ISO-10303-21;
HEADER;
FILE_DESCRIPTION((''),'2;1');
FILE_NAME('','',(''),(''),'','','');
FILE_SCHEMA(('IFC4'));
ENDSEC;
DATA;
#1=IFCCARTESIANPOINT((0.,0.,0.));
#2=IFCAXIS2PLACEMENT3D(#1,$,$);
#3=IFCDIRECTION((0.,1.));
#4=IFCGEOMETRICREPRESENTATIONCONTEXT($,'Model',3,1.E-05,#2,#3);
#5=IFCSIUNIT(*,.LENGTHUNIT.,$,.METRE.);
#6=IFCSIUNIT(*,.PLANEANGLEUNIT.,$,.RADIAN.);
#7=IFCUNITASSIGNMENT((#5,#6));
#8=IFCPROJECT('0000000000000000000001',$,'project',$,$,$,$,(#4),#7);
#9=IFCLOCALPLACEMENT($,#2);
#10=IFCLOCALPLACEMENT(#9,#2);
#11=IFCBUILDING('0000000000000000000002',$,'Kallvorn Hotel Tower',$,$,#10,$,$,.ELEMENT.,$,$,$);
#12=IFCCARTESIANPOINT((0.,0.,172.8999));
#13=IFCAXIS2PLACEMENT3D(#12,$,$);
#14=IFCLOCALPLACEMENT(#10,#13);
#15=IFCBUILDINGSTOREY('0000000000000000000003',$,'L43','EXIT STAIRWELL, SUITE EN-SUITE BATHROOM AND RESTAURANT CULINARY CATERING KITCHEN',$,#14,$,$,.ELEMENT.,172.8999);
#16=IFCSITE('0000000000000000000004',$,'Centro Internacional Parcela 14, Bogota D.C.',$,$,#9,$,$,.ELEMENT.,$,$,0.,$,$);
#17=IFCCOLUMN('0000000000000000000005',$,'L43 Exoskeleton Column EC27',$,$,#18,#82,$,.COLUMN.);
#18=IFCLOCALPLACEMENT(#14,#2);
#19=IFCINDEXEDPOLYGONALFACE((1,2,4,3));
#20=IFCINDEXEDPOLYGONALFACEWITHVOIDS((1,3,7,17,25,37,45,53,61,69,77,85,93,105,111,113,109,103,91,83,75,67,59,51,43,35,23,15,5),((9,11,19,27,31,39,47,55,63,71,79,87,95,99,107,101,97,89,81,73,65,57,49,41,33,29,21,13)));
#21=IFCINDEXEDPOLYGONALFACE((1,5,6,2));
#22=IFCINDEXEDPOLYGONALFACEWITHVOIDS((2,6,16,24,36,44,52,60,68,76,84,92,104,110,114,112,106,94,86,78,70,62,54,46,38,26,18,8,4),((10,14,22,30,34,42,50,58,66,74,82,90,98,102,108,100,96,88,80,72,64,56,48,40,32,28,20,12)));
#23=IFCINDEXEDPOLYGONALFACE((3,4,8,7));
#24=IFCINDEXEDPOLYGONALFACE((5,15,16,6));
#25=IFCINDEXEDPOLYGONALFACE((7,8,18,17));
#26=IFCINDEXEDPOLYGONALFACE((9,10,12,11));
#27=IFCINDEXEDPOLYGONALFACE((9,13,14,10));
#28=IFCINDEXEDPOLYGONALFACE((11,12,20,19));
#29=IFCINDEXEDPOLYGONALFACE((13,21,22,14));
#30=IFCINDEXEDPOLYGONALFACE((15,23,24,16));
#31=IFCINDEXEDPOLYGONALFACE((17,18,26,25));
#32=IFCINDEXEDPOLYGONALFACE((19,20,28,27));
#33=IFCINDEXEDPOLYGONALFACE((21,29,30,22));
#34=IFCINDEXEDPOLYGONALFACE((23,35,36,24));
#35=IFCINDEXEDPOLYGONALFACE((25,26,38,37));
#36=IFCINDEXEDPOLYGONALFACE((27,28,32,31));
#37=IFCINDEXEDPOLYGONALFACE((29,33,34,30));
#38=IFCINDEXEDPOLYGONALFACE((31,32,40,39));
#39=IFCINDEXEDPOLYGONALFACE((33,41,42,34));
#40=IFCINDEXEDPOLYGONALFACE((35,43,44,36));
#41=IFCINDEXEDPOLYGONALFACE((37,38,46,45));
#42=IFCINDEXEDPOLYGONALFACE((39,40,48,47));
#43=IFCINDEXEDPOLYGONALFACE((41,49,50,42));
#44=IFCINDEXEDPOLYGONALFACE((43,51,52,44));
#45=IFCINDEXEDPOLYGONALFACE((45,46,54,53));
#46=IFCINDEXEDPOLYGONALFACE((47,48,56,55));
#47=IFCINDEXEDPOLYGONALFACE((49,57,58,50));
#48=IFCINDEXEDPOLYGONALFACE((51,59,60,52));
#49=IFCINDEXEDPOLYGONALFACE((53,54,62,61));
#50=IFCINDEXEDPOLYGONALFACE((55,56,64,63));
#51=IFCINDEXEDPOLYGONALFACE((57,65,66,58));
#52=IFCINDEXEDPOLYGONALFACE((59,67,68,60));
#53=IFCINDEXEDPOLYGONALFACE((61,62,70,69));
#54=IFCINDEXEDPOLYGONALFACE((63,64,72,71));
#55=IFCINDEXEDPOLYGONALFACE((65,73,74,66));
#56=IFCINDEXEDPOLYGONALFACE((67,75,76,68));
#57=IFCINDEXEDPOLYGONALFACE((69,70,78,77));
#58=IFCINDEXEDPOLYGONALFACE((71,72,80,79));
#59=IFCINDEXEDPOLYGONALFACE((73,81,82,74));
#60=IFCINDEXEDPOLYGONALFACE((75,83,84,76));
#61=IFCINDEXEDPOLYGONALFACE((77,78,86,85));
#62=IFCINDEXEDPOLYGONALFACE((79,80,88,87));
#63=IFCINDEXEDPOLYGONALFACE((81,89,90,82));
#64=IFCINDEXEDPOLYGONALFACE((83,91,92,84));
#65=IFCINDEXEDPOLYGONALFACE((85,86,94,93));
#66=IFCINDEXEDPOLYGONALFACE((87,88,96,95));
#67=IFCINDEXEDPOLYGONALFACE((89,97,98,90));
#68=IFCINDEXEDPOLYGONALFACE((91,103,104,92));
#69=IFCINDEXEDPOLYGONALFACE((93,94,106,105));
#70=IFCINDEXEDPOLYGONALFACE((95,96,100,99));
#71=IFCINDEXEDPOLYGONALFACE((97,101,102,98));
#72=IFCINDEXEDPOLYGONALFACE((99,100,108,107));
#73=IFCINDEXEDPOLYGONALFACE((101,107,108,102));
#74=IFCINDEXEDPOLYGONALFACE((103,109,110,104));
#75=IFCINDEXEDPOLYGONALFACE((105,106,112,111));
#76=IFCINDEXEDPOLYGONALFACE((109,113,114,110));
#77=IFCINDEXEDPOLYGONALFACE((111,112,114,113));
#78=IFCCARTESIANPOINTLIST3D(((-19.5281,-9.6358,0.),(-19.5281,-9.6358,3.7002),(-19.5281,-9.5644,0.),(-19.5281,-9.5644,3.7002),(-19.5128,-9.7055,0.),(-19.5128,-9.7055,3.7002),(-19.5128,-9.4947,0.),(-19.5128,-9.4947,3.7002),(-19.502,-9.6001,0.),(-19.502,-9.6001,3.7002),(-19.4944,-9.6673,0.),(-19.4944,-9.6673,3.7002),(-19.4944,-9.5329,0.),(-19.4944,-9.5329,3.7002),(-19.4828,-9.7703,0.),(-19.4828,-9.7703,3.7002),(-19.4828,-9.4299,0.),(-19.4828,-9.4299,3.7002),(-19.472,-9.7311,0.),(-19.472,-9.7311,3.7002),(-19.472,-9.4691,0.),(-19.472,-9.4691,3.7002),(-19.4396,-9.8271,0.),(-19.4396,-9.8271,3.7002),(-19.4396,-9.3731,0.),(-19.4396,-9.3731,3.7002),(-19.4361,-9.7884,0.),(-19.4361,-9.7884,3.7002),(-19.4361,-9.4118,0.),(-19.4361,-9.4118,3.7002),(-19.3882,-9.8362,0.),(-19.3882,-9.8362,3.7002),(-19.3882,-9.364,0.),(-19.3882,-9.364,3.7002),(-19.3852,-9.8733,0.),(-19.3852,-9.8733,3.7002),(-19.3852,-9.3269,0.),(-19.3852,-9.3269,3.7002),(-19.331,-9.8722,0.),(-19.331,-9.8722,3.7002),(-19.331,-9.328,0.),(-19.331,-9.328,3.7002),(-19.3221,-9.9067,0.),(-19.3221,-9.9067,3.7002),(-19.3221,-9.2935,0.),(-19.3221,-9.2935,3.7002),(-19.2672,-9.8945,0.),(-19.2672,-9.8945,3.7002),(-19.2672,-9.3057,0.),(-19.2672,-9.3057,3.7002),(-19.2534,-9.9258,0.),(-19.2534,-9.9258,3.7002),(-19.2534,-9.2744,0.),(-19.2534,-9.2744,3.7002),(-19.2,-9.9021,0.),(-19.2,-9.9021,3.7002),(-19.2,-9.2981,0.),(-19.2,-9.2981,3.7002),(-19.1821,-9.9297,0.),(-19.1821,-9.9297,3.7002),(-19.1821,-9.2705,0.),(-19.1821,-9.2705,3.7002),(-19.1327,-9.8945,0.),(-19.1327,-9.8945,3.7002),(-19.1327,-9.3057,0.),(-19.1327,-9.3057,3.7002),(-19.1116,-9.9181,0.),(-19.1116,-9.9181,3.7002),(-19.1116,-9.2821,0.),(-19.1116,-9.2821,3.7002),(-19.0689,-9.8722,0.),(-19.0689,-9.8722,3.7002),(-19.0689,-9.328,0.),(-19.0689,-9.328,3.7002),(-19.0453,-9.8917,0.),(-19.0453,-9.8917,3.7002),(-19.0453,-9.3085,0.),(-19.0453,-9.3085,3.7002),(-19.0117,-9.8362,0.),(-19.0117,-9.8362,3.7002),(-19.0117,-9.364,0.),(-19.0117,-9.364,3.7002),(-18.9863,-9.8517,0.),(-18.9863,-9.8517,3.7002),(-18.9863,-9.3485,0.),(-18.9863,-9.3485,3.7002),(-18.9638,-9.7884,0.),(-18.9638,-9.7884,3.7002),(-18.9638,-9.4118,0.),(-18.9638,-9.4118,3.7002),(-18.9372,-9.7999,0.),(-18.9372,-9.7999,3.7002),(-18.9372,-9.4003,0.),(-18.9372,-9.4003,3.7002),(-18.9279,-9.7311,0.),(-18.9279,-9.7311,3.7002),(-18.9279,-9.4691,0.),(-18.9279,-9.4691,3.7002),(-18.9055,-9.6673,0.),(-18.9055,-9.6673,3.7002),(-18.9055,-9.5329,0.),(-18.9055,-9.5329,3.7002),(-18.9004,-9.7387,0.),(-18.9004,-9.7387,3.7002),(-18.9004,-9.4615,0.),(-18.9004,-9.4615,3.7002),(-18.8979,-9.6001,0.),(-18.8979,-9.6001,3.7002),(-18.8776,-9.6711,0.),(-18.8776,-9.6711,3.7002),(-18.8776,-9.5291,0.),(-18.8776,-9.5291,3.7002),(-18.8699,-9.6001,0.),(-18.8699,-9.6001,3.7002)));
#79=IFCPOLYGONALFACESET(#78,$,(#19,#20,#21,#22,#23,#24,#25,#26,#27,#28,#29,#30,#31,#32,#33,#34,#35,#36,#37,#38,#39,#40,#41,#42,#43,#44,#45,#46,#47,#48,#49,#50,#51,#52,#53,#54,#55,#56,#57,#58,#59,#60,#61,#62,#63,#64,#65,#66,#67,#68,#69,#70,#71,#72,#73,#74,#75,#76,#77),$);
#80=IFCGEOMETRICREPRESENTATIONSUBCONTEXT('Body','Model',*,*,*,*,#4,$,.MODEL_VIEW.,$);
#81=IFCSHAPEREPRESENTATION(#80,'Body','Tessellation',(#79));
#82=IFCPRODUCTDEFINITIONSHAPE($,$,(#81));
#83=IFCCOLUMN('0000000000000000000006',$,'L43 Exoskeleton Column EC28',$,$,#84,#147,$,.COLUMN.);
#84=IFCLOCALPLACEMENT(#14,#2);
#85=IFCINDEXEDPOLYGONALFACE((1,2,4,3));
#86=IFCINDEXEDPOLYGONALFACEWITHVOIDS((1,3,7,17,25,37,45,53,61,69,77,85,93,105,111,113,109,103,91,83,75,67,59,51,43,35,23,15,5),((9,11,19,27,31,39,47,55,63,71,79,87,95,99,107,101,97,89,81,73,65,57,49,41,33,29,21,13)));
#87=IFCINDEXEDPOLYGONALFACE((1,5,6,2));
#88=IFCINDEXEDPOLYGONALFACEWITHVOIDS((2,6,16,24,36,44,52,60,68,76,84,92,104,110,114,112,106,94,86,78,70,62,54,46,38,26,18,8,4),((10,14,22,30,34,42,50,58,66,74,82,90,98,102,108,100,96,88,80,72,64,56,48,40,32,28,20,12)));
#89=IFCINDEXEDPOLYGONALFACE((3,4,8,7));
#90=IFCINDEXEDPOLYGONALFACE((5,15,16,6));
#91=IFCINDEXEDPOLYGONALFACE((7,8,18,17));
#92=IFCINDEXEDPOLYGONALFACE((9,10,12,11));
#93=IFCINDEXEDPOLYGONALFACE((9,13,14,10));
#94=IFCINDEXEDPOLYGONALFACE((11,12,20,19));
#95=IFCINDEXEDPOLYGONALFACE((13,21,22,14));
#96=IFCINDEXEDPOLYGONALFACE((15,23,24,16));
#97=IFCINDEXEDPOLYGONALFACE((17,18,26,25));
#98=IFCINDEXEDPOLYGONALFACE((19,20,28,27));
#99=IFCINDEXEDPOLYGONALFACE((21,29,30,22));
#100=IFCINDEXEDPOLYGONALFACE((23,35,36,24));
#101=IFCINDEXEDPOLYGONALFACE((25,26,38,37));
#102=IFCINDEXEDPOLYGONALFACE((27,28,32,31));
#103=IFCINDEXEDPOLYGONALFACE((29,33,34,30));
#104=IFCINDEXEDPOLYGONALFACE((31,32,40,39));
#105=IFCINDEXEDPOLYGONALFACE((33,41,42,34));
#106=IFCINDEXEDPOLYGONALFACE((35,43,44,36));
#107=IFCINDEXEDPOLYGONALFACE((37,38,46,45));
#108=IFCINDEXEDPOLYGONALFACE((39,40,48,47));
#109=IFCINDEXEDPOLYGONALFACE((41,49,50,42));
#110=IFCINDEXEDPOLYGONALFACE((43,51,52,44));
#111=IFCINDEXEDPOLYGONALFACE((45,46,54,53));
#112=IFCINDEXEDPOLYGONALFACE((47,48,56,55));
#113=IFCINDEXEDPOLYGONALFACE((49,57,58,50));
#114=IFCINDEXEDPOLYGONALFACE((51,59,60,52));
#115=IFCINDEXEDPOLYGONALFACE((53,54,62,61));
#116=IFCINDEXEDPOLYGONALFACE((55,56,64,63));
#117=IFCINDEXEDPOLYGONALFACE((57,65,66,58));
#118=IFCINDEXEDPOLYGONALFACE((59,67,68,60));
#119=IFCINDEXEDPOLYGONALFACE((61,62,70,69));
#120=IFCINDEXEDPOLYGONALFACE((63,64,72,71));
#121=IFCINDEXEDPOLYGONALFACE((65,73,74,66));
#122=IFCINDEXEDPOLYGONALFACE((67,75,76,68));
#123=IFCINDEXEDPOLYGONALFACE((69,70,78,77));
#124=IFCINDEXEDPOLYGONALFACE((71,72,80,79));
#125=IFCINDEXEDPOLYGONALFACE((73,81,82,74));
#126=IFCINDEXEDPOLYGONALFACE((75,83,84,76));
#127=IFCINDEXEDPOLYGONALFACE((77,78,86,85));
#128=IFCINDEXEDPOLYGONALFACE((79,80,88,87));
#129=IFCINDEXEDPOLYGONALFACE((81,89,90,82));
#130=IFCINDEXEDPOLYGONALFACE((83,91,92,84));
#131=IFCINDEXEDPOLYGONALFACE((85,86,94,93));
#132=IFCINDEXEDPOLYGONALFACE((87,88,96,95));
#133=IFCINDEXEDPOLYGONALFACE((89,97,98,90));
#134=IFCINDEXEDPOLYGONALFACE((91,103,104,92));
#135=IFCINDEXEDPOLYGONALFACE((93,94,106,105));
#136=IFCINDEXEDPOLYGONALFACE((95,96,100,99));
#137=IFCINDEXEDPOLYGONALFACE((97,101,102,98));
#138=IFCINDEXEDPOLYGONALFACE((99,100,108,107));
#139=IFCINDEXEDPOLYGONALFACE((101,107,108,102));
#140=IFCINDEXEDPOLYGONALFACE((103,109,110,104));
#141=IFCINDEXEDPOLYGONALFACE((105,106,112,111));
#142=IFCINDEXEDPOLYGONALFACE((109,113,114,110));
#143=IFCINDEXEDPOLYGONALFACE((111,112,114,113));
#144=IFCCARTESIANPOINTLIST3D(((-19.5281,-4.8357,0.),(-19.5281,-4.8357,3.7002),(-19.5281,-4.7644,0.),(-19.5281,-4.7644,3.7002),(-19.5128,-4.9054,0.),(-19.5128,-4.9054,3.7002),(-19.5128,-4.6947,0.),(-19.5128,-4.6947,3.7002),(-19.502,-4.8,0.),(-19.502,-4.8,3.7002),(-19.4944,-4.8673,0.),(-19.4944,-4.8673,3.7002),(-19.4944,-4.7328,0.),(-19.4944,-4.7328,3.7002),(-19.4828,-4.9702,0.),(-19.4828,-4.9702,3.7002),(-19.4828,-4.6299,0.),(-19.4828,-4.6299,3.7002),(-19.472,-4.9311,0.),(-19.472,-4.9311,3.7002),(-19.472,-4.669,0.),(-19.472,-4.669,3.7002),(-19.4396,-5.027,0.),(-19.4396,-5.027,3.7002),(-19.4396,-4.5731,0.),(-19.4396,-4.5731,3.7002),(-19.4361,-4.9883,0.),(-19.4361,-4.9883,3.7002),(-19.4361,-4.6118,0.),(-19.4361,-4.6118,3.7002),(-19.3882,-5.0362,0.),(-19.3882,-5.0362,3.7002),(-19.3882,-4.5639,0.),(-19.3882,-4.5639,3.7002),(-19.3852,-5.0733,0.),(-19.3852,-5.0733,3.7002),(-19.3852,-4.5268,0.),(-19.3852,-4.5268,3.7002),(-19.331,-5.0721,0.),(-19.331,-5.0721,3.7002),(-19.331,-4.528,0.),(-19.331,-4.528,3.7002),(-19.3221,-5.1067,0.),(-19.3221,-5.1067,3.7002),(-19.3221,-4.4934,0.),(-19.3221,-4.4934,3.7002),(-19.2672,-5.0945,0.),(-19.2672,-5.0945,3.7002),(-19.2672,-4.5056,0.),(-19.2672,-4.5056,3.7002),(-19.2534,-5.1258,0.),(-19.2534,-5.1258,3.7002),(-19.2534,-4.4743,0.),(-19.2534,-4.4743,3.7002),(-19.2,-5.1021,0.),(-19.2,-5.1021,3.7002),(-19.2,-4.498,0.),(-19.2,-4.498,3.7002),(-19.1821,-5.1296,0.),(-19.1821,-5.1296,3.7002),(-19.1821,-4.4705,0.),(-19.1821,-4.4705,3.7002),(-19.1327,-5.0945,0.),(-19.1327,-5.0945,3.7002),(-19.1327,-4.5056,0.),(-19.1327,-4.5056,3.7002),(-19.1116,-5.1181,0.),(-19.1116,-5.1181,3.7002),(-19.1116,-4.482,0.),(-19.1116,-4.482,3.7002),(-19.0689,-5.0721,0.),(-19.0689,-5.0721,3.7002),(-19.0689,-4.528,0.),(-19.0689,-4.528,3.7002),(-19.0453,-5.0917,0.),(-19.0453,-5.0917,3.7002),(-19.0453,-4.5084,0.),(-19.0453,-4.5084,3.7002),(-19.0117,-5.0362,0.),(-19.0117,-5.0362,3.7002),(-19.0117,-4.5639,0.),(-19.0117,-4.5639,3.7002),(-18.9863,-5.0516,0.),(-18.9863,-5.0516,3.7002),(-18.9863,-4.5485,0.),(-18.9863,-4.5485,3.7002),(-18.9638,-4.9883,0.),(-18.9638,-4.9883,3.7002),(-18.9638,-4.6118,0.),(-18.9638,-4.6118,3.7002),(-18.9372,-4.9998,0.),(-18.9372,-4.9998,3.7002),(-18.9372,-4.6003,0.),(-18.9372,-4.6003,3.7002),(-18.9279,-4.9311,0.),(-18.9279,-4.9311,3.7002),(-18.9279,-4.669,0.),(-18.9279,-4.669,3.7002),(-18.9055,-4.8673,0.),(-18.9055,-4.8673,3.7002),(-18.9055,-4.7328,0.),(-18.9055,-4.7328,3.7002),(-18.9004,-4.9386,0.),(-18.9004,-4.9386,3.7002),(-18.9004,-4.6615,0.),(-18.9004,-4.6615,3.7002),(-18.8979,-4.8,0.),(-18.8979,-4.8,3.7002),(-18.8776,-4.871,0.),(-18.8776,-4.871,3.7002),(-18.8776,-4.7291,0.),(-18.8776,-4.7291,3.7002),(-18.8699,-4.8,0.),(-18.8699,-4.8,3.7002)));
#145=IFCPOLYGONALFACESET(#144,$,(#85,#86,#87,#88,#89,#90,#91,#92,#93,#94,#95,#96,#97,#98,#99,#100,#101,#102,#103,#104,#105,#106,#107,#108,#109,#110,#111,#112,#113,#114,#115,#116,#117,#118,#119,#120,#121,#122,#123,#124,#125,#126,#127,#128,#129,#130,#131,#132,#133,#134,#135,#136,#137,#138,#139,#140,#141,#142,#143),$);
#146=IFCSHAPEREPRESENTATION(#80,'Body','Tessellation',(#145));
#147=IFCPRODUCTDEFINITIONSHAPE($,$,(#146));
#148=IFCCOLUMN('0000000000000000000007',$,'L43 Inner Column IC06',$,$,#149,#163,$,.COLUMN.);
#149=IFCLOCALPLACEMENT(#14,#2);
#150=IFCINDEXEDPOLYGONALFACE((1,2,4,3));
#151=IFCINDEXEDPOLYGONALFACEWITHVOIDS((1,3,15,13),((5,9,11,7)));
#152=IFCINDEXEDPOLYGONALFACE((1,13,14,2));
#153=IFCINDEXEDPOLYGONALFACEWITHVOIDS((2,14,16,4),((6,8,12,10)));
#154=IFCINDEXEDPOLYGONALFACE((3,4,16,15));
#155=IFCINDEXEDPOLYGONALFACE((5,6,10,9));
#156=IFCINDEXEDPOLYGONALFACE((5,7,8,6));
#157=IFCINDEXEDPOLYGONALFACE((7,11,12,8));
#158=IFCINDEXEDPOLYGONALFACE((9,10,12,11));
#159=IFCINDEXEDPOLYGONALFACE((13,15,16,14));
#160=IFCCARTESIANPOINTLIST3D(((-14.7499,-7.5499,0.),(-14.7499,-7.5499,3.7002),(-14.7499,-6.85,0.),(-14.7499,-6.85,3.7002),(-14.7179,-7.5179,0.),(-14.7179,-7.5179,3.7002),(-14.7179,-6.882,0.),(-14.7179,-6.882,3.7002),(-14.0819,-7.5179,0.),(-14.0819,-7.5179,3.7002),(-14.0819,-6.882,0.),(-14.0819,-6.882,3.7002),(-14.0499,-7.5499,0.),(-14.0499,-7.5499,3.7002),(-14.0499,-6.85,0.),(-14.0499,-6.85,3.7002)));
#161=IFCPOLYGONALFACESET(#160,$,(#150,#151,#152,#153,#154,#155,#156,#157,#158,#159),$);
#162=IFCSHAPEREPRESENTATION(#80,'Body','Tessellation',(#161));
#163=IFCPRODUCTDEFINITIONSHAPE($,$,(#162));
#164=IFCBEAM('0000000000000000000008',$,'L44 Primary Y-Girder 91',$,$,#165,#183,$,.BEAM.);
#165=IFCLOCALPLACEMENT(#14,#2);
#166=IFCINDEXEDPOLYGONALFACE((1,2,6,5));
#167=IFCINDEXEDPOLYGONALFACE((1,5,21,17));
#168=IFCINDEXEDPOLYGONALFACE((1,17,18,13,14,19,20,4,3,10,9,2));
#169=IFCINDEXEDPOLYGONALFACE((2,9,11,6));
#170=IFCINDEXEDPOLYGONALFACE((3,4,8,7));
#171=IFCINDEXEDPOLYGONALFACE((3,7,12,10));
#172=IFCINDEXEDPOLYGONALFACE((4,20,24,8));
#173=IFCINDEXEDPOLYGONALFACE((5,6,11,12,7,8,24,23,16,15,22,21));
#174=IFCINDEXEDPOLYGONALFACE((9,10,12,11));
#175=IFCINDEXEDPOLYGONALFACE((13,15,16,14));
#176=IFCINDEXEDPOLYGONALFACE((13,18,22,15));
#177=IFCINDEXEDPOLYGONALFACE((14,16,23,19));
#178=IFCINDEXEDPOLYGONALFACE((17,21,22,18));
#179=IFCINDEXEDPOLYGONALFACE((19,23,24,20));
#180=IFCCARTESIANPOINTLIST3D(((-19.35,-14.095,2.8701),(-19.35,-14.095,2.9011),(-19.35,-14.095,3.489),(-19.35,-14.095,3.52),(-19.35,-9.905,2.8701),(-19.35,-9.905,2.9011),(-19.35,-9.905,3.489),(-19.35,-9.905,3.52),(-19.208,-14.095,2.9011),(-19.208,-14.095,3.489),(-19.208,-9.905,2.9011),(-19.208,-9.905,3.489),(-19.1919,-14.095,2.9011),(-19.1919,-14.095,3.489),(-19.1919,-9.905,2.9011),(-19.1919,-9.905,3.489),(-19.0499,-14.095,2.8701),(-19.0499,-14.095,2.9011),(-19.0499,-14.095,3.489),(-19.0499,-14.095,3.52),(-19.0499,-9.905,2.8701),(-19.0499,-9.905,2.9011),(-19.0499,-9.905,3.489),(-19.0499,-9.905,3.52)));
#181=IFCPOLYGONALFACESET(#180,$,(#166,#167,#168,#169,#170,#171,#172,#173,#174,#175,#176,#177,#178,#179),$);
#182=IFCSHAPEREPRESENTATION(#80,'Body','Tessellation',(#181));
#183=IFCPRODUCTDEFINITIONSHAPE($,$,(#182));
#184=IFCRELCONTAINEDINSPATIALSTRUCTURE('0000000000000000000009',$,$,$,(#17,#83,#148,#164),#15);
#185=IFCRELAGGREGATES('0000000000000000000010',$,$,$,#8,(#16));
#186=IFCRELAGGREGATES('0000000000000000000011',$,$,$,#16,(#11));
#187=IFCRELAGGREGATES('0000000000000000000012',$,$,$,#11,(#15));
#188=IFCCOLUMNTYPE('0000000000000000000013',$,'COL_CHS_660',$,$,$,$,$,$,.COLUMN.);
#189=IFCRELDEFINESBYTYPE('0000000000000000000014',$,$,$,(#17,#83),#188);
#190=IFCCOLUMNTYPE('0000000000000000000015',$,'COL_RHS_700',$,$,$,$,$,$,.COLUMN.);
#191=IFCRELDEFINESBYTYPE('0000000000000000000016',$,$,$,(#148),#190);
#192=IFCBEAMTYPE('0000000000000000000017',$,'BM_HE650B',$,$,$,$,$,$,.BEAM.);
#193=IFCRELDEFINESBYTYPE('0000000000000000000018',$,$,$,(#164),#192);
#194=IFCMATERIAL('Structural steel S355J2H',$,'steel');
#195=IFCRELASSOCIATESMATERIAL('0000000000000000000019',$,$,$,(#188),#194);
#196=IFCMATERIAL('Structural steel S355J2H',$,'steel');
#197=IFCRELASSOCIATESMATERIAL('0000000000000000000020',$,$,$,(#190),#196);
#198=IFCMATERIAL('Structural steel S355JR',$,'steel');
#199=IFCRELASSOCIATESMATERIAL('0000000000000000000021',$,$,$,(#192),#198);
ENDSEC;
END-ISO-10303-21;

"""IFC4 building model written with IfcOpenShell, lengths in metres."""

from ifc_helpers import new_model, si_unit, direction, frame, origin, origin_2d, place, context, subcontext, project, spatial, hollow_rectangle, hollow_circle, i_section, extrude, material, material_profile, profile_set, type_object, element, save


model = new_model("IFC4")

# Units and contexts
model_context = context("Model", 3, precision=1e-05, world=origin(), true_north=direction((0.0, 1.0)))
body_context = subcontext(model_context, "Body", "Model", "MODEL_VIEW")
ifc_project = project(units=[si_unit("LENGTHUNIT", "METRE"), si_unit("PLANEANGLEUNIT", "RADIAN")], contexts=[model_context])

# Site, building, storey
site_placement = place(None, origin())
site = spatial("IfcSite", under=ifc_project, at=site_placement, Name="Centro Internacional Parcela 14, Bogota D.C.", CompositionType="ELEMENT", RefElevation=0.0)
building_placement = place(site_placement, origin())
building = spatial("IfcBuilding", under=site, at=building_placement, Name="Kallvorn Hotel Tower", CompositionType="ELEMENT")
storey_placement = place(building_placement, frame((0.0, 0.0, 172.8999)))
storey = spatial("IfcBuildingStorey", under=building, at=storey_placement, Name="L43", Description="EXIT STAIRWELL, SUITE EN-SUITE BATHROOM AND RESTAURANT CULINARY CATERING KITCHEN", CompositionType="ELEMENT", Elevation=172.8999)

# Columns
ifc_material_1 = material(Name="Structural steel S355J2H", Category="steel")
ifc_material_profile_1 = material_profile(ifc_material_1, hollow_circle(Radius=0.3301, WallThickness=0.0281, at=origin_2d()), Name="CHS 660x28")
ifc_profile_set_1 = profile_set([ifc_material_profile_1], Name="Structural steel S355J2H")
column_type_1 = type_object("IfcColumnType", Name="COL_CHS_660", PredefinedType="COLUMN", material=ifc_profile_set_1)
for number, where, z_axis, x_axis, name in (
    (1, (-19.2, -9.6001, 0.0), (0.0, 0.0, 1.0), (1.0, 0.0, 0.0), "L43 Exoskeleton Column EC27"),
    (2, (-19.2, -4.8, 0.0), (0.0, 0.0, 1.0), (1.0, 0.0, 0.0), "L43 Exoskeleton Column EC28"),
):
    element("IfcColumn", number, at=place(storey_placement, frame(where, z_axis=z_axis, x_axis=x_axis)), inside=storey, type_object=column_type_1, Name=name, PredefinedType="COLUMN", context=body_context, shape_type="SweptSolid", body=[
        extrude(hollow_circle(Radius=0.3301, WallThickness=0.0281, at=origin_2d()), origin(), (0.0, 0.0, 1.0), 3.7002),
    ])
ifc_material_2 = material(Name="Structural steel S355J2H", Category="steel")
ifc_material_profile_2 = material_profile(ifc_material_2, hollow_rectangle(XDim=0.7, YDim=0.7, WallThickness=0.032, at=origin_2d()), Name="RHS 700x700x32")
ifc_profile_set_2 = profile_set([ifc_material_profile_2], Name="Structural steel S355J2H")
column_type_2 = type_object("IfcColumnType", Name="COL_RHS_700", PredefinedType="COLUMN", material=ifc_profile_set_2)
column_placement = place(storey_placement, frame((-14.3999, -7.2, 0.0), z_axis=(0.0, 0.0, 1.0), x_axis=(1.0, 0.0, 0.0)))
element("IfcColumn", 3, at=column_placement, inside=storey, type_object=column_type_2, Name="L43 Inner Column IC06", PredefinedType="COLUMN", context=body_context, shape_type="SweptSolid", body=[
    extrude(hollow_rectangle(XDim=0.7, YDim=0.7, WallThickness=0.032, at=origin_2d()), origin(), (0.0, 0.0, 1.0), 3.7002),
])

# Beam
ifc_material_3 = material(Name="Structural steel S355JR", Category="steel")
ifc_material_profile_3 = material_profile(ifc_material_3, i_section(OverallWidth=0.3, OverallDepth=0.6499, WebThickness=0.0161, FlangeThickness=0.031, at=origin_2d()), Name="HE 650 B")
ifc_profile_set_3 = profile_set([ifc_material_profile_3], Name="Structural steel S355JR")
beam_type_1 = type_object("IfcBeamType", Name="BM_HE650B", PredefinedType="BEAM", material=ifc_profile_set_3)
beam_1_placement = place(storey_placement, frame((-19.2, -14.095, 3.1951), z_axis=(0.0, 1.0, 0.0), x_axis=(-1.0, 0.0, 0.0)))
element("IfcBeam", 4, at=beam_1_placement, inside=storey, type_object=beam_type_1, Name="L44 Primary Y-Girder 91", PredefinedType="BEAM", context=body_context, shape_type="SweptSolid", body=[
    extrude(i_section(OverallWidth=0.3, OverallDepth=0.6499, WebThickness=0.0161, FlangeThickness=0.031, at=origin_2d()), origin(), (0.0, 0.0, 1.0), 4.1899),
])

save(model, "model.ifc")
